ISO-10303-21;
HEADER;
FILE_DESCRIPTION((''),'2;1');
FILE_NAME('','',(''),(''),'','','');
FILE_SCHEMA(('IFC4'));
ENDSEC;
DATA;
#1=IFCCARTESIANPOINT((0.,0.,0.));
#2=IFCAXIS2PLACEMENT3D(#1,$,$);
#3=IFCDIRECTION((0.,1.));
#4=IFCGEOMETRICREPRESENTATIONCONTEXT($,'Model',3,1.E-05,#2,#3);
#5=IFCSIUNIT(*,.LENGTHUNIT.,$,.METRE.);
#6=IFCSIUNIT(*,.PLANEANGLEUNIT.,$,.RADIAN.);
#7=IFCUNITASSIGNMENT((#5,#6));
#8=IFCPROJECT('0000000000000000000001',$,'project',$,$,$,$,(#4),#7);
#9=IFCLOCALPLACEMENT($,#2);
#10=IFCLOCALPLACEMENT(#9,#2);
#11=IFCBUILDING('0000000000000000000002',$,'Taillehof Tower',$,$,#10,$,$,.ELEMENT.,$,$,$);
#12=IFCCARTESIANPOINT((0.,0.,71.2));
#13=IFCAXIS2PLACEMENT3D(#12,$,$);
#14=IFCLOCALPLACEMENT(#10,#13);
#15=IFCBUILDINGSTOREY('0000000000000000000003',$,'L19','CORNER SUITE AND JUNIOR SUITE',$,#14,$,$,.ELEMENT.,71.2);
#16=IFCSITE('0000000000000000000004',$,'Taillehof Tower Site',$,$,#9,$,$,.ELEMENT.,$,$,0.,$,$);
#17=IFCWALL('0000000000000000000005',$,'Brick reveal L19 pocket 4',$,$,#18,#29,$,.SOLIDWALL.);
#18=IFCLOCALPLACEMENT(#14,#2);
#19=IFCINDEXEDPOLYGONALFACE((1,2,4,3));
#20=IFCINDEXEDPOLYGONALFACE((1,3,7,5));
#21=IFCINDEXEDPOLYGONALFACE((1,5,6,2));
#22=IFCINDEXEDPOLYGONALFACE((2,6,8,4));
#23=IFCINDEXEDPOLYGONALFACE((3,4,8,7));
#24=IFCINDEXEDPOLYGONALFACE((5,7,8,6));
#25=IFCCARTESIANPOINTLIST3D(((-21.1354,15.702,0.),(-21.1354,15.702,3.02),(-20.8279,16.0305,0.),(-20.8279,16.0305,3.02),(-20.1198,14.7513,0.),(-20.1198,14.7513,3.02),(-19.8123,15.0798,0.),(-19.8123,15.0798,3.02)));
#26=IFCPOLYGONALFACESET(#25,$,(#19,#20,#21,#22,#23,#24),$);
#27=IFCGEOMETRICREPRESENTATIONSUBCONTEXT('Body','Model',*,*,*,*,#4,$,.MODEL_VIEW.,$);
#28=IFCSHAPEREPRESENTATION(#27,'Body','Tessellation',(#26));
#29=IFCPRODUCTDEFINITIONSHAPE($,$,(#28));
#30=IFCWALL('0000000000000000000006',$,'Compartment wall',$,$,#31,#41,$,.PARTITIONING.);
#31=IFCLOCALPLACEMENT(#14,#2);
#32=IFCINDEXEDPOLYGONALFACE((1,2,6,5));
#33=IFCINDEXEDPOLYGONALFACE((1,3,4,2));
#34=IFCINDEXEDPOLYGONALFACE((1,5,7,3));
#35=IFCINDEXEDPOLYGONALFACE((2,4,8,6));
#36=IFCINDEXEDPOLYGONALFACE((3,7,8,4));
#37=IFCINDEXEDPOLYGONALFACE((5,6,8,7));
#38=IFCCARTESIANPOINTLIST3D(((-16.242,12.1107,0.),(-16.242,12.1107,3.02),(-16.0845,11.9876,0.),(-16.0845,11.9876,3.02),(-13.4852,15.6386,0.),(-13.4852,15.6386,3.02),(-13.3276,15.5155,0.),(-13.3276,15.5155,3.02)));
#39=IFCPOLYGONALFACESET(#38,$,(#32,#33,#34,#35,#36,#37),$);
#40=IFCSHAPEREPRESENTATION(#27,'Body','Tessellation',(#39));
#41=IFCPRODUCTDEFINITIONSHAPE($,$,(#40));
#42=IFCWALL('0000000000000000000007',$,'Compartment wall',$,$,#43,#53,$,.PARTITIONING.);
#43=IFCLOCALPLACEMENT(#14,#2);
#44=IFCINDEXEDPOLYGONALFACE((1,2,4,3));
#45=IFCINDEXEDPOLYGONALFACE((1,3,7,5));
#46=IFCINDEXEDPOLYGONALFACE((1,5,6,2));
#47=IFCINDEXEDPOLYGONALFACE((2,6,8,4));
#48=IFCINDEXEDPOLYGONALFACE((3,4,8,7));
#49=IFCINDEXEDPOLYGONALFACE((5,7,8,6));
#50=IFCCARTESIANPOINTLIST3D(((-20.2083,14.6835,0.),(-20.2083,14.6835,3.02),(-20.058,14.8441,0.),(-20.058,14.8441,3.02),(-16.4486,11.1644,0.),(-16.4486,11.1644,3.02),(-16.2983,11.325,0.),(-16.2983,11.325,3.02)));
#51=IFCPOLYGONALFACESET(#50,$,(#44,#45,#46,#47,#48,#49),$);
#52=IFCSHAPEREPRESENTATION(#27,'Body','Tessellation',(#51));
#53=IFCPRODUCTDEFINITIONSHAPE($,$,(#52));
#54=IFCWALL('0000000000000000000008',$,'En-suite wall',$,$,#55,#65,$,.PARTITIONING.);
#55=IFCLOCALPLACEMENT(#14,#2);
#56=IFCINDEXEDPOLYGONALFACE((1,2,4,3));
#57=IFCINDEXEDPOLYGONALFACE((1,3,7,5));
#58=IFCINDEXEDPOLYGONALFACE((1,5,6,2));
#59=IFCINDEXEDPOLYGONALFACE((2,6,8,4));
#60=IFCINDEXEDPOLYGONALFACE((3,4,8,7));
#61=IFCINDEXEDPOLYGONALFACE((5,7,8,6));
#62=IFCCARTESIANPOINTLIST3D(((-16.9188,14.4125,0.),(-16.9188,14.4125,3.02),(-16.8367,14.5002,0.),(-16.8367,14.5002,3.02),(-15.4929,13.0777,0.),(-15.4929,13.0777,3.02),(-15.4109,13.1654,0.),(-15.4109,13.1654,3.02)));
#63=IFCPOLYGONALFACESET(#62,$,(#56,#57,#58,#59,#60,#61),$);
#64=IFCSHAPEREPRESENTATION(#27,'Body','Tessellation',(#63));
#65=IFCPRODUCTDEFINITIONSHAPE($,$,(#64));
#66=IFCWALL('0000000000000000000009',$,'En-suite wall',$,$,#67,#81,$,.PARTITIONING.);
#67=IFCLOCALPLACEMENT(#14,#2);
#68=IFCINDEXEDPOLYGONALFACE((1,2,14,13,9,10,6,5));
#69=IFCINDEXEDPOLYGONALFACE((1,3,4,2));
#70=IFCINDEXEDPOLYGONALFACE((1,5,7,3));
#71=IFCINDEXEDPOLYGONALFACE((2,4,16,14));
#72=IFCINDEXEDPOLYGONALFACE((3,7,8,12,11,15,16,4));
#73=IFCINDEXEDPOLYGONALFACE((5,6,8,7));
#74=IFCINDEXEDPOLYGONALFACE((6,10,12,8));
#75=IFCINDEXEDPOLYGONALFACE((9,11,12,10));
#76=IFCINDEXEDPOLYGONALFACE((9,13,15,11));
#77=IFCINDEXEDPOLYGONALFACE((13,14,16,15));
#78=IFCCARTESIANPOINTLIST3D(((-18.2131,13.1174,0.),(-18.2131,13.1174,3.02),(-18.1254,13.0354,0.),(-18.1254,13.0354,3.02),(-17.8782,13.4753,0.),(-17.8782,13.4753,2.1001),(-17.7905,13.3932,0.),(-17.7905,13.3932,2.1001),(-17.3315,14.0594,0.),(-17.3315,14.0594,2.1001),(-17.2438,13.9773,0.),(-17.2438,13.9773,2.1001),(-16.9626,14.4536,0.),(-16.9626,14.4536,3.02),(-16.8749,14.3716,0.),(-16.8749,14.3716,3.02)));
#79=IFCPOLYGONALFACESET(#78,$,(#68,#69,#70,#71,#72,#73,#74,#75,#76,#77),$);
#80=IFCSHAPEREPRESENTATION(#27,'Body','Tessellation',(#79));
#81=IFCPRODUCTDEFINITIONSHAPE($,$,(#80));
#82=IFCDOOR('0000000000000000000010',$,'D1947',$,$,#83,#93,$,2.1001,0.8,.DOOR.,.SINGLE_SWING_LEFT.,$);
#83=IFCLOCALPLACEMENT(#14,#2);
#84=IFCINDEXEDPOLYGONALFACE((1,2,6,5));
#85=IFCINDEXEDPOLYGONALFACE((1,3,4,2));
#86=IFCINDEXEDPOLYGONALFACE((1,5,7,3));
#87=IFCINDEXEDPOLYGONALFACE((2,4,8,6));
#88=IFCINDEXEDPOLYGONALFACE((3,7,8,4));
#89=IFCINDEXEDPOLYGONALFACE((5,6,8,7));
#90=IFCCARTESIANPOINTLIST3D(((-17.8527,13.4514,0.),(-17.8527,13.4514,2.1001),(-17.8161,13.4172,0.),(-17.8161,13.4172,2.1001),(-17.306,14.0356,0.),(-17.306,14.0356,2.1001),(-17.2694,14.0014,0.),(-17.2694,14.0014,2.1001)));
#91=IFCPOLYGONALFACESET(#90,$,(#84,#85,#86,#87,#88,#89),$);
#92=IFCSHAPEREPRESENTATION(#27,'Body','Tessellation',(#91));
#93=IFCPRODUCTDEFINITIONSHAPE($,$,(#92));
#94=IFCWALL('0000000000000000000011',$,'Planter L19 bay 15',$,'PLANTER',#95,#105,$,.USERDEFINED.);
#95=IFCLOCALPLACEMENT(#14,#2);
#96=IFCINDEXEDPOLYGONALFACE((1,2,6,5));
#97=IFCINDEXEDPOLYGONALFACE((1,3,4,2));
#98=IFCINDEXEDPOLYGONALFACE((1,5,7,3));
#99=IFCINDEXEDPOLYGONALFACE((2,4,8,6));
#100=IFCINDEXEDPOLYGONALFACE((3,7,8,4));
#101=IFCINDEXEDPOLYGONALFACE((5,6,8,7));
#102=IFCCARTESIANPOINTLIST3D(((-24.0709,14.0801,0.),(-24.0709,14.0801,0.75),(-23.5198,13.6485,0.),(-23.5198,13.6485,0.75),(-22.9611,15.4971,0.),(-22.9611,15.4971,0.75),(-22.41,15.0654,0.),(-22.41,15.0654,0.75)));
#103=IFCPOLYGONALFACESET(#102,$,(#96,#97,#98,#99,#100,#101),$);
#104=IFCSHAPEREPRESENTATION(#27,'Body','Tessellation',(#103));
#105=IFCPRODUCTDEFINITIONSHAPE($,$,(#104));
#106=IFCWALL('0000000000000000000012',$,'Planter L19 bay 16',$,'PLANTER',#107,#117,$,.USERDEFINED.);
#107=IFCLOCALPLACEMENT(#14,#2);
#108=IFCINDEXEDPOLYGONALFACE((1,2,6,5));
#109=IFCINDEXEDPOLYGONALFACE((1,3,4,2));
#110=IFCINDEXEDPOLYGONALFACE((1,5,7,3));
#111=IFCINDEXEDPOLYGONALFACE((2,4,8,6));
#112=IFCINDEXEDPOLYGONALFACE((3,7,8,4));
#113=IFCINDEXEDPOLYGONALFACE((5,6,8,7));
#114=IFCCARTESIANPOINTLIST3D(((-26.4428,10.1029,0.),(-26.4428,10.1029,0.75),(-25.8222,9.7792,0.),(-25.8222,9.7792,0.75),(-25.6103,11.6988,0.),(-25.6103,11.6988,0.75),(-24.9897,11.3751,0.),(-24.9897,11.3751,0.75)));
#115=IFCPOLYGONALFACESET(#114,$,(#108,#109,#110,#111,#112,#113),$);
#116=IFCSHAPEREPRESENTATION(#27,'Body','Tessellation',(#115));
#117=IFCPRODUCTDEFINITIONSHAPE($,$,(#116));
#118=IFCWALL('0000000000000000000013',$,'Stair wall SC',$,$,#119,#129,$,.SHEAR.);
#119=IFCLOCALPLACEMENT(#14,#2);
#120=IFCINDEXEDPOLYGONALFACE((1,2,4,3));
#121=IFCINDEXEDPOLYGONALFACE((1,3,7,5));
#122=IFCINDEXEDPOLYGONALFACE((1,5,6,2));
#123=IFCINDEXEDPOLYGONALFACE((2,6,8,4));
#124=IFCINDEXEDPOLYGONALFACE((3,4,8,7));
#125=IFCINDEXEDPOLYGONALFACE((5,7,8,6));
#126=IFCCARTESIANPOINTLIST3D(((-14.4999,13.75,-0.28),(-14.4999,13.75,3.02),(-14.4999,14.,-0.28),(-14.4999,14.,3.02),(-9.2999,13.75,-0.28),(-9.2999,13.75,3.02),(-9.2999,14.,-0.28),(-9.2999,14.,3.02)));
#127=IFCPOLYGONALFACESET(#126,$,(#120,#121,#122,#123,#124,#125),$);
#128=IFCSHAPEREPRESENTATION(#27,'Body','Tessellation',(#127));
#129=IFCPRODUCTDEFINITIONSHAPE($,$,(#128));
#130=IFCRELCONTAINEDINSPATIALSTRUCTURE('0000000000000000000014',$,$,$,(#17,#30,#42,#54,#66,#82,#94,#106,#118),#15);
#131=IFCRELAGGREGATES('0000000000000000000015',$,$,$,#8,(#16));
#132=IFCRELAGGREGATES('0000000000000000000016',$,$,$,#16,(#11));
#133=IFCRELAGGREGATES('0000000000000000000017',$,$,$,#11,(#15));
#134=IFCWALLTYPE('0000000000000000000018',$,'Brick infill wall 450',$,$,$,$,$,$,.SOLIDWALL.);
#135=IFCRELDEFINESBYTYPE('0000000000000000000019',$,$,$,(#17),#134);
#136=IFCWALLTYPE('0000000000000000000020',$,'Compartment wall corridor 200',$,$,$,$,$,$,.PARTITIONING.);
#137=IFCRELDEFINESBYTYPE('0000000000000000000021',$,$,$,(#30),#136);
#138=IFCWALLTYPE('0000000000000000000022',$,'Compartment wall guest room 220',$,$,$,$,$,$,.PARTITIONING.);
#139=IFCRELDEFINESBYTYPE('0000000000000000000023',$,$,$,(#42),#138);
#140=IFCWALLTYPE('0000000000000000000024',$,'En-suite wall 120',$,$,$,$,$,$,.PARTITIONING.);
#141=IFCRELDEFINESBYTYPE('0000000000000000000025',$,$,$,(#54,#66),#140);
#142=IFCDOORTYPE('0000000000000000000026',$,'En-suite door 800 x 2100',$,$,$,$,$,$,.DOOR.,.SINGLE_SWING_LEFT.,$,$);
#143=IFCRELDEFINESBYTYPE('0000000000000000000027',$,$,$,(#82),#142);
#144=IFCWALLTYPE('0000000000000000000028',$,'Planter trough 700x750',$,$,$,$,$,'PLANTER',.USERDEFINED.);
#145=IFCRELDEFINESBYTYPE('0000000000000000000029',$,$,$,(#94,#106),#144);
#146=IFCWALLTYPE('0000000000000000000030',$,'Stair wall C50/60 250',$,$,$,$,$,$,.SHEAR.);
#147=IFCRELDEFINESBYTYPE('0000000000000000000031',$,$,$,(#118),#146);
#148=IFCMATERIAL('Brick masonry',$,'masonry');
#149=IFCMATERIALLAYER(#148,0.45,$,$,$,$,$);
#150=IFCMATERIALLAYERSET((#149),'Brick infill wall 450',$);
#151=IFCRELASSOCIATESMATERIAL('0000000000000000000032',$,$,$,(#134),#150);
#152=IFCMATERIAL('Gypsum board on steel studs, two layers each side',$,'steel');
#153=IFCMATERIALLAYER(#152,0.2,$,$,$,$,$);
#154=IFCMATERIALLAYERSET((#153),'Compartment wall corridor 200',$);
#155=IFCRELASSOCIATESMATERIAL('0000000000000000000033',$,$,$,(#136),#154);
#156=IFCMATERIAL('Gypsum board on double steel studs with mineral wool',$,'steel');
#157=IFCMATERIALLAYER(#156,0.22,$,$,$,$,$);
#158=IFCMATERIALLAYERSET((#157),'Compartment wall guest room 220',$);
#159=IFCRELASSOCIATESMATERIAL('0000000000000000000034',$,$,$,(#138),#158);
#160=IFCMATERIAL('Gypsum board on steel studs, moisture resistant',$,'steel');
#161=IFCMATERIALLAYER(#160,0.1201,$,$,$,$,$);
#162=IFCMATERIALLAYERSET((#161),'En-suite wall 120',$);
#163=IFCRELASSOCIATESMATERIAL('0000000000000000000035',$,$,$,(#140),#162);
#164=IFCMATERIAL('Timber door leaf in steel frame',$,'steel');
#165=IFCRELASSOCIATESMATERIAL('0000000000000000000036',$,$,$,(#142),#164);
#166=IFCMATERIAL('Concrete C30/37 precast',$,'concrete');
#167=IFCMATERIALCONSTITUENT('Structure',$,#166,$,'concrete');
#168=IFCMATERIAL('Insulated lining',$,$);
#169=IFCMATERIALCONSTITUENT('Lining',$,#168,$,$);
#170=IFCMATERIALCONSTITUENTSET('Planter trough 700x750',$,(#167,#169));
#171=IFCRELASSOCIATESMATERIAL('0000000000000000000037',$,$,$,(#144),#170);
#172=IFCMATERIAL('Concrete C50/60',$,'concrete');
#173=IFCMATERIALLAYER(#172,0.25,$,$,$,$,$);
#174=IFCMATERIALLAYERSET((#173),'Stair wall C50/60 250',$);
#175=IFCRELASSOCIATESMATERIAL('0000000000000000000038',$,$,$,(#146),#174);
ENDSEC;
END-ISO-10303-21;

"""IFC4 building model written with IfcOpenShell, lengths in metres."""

from ifc_helpers import new_model, si_unit, direction, frame, frame_2d, origin, place, context, subcontext, project, spatial, rectangle, extrude, material, layer, layer_set, constituent, constituent_set, type_object, element, fill, save


model = new_model("IFC4")

# Units and contexts
model_context = context("Model", 3, precision=1e-05, world=origin(), true_north=direction((0.0, 1.0)))
body_context = subcontext(model_context, "Body", "Model", "MODEL_VIEW")
ifc_project = project(units=[si_unit("LENGTHUNIT", "METRE"), si_unit("PLANEANGLEUNIT", "RADIAN")], contexts=[model_context])

# Site, building, storey
site_placement = place(None, origin())
site = spatial("IfcSite", under=ifc_project, at=site_placement, Name="Taillehof Tower Site", CompositionType="ELEMENT", RefElevation=0.0)
building_placement = place(site_placement, origin())
building = spatial("IfcBuilding", under=site, at=building_placement, Name="Taillehof Tower", CompositionType="ELEMENT")
storey_placement = place(building_placement, frame((0.0, 0.0, 71.2)))
storey = spatial("IfcBuildingStorey", under=building, at=storey_placement, Name="L19", Description="CORNER SUITE AND JUNIOR SUITE", CompositionType="ELEMENT", Elevation=71.2)

# Shared definitions
ifc_material_1 = material(Name="Brick masonry", Category="masonry")
ifc_layer_1 = layer(ifc_material_1, 0.45)
ifc_layer_set_1 = layer_set([ifc_layer_1], Name="Brick infill wall 450")
wall_type_1 = type_object("IfcWallType", Name="Brick infill wall 450", PredefinedType="SOLIDWALL", material=ifc_layer_set_1)

# Wall
wall_1_placement = place(storey_placement, frame((-20.9817, 15.8662, 0.0), z_axis=(0.0, 0.0, 1.0), x_axis=(0.730062, -0.683381, 0.0)))
element("IfcWall", 1, at=wall_1_placement, inside=storey, type_object=wall_type_1, Name="Brick reveal L19 pocket 4", PredefinedType="SOLIDWALL", context=body_context, shape_type="SweptSolid", body=[
    extrude(rectangle(XDim=1.3911, YDim=0.45, at=frame_2d((0.6956, 0.0))), origin(), (0.0, 0.0, 1.0), 3.02),
])

# Walls
ifc_material_2 = material(Name="Gypsum board on steel studs, two layers each side", Category="steel")
ifc_layer_2 = layer(ifc_material_2, 0.2)
ifc_layer_set_2 = layer_set([ifc_layer_2], Name="Compartment wall corridor 200")
wall_type_2 = type_object("IfcWallType", Name="Compartment wall corridor 200", PredefinedType="PARTITIONING", material=ifc_layer_set_2)
wall_2_placement = place(storey_placement, frame((-16.1633, 12.0491, 0.0), z_axis=(0.0, 0.0, 1.0), x_axis=(0.615744, 0.787947, 0.0)))
element("IfcWall", 2, at=wall_2_placement, inside=storey, type_object=wall_type_2, Name="Compartment wall", PredefinedType="PARTITIONING", context=body_context, shape_type="SweptSolid", body=[
    extrude(rectangle(XDim=4.4773, YDim=0.2, at=frame_2d((2.2388, 0.0))), origin(), (0.0, 0.0, 1.0), 3.02),
])
ifc_material_3 = material(Name="Gypsum board on double steel studs with mineral wool", Category="steel")
ifc_layer_3 = layer(ifc_material_3, 0.22)
ifc_layer_set_3 = layer_set([ifc_layer_3], Name="Compartment wall guest room 220")
wall_type_3 = type_object("IfcWallType", Name="Compartment wall guest room 220", PredefinedType="PARTITIONING", material=ifc_layer_set_3)
wall_3_placement = place(storey_placement, frame((-20.1331, 14.7637, 0.0), z_axis=(0.0, 0.0, 1.0), x_axis=(0.730093, -0.683348, 0.0)))
element("IfcWall", 3, at=wall_3_placement, inside=storey, type_object=wall_type_3, Name="Compartment wall", PredefinedType="PARTITIONING", context=body_context, shape_type="SweptSolid", body=[
    extrude(rectangle(XDim=5.1497, YDim=0.22, at=frame_2d((2.5747, 0.0))), origin(), (0.0, 0.0, 1.0), 3.02),
])
ifc_material_4 = material(Name="Gypsum board on steel studs, moisture resistant", Category="steel")
ifc_layer_4 = layer(ifc_material_4, 0.1201)
ifc_layer_set_4 = layer_set([ifc_layer_4], Name="En-suite wall 120")
wall_type_4 = type_object("IfcWallType", Name="En-suite wall 120", PredefinedType="PARTITIONING", material=ifc_layer_set_4)
wall_4_placement = place(storey_placement, frame((-15.4519, 13.1216, 0.0), z_axis=(0.0, 0.0, 1.0), x_axis=(-0.730036, 0.683409, 0.0)))
element("IfcWall", 4, at=wall_4_placement, inside=storey, type_object=wall_type_4, Name="En-suite wall", PredefinedType="PARTITIONING", context=body_context, shape_type="SweptSolid", body=[
    extrude(rectangle(XDim=1.9531, YDim=0.1201, at=frame_2d((0.9766, 0.0))), origin(), (0.0, 0.0, 1.0), 3.02),
])

# Wall, opening, door
wall_5_placement = place(storey_placement, frame((-16.9187, 14.4126, 0.0), z_axis=(0.0, 0.0, 1.0), x_axis=(-0.683306, -0.730132, 0.0)))
wall_5 = element("IfcWall", 5, at=wall_5_placement, inside=storey, type_object=wall_type_4, Name="En-suite wall", PredefinedType="PARTITIONING", context=body_context, shape_type="SweptSolid", body=[
    extrude(rectangle(XDim=1.8301, YDim=0.1201, at=frame_2d((0.915, 0.0))), origin(), (0.0, 0.0, 1.0), 3.02),
])
opening_1_placement = place(wall_5_placement, frame((0.54, 0.0, 0.0)))
opening_1 = element("IfcOpeningElement", 6, at=opening_1_placement, cuts=wall_5, PredefinedType="OPENING", context=body_context, shape_type="SweptSolid", body=[
    extrude(rectangle(XDim=0.8, YDim=2.1001, at=frame_2d((0.3999, 1.05))), frame((0.0, 0.0701, 0.0), z_axis=(0.0, -1.0, 0.0), x_axis=(1.0, 0.0, 0.0)), (0.0, 0.0, 1.0), 0.1401),
])
ifc_material_5 = material(Name="Timber door leaf in steel frame", Category="steel")
door_type_1 = type_object("IfcDoorType", Name="En-suite door 800 x 2100", OperationType="SINGLE_SWING_LEFT", PredefinedType="DOOR", material=ifc_material_5)
door_1_placement = place(opening_1_placement, origin())
door_1 = element("IfcDoor", 7, at=door_1_placement, inside=storey, type_object=door_type_1, Name="D1947", OperationType="SINGLE_SWING_LEFT", OverallHeight=2.1001, OverallWidth=0.8, PredefinedType="DOOR", context=body_context, shape_type="SweptSolid", body=[
    extrude(rectangle(XDim=0.8, YDim=2.1001, at=frame_2d((0.3999, 1.05))), frame((0.0, 0.0249, 0.0), z_axis=(0.0, -1.0, 0.0), x_axis=(1.0, 0.0, 0.0)), (0.0, 0.0, 1.0), 0.05),
])
fill(opening_1, door_1)

# Walls
ifc_material_6 = material(Name="Concrete C30/37 precast", Category="concrete")
ifc_constituent_1 = constituent(ifc_material_6, Name="Structure", Category="concrete")
ifc_material_7 = material(Name="Insulated lining")
ifc_constituent_2 = constituent(ifc_material_7, Name="Lining")
ifc_constituent_set = constituent_set(constituents=[ifc_constituent_1, ifc_constituent_2], Name="Planter trough 700x750")
wall_type_5 = type_object("IfcWallType", Name="Planter trough 700x750", ElementType="PLANTER", PredefinedType="USERDEFINED", material=ifc_constituent_set)
wall_6_placement = place(storey_placement, frame((-22.6855, 15.2812, 0.0), z_axis=(0.0, 0.0, 1.0), x_axis=(-0.616623, -0.787259, 0.0)))
element("IfcWall", 8, at=wall_6_placement, inside=storey, type_object=wall_type_5, Name="Planter L19 bay 15", ObjectType="PLANTER", PredefinedType="USERDEFINED", context=body_context, shape_type="SweptSolid", body=[
    extrude(rectangle(XDim=1.7998, YDim=0.7, at=frame_2d((0.8999, 0.0))), origin(), (0.0, 0.0, 1.0), 0.75),
])
wall_7_placement = place(storey_placement, frame((-25.3, 11.5369, 0.0), z_axis=(0.0, 0.0, 1.0), x_axis=(-0.462501, -0.886619, 0.0)))
element("IfcWall", 9, at=wall_7_placement, inside=storey, type_object=wall_type_5, Name="Planter L19 bay 16", ObjectType="PLANTER", PredefinedType="USERDEFINED", context=body_context, shape_type="SweptSolid", body=[
    extrude(rectangle(XDim=1.8, YDim=0.7, at=frame_2d((0.8999, 0.0))), origin(), (0.0, 0.0, 1.0), 0.75),
])
ifc_material_8 = material(Name="Concrete C50/60", Category="concrete")
ifc_layer_5 = layer(ifc_material_8, 0.25)
ifc_layer_set_5 = layer_set([ifc_layer_5], Name="Stair wall C50/60 250")
wall_type_6 = type_object("IfcWallType", Name="Stair wall C50/60 250", PredefinedType="SHEAR", material=ifc_layer_set_5)
wall_8_placement = place(storey_placement, frame((-14.5, 13.875, -0.28), z_axis=(0.0, 0.0, 1.0), x_axis=(1.0, 0.0, 0.0)))
element("IfcWall", 10, at=wall_8_placement, inside=storey, type_object=wall_type_6, Name="Stair wall SC", PredefinedType="SHEAR", context=body_context, shape_type="SweptSolid", body=[
    extrude(rectangle(XDim=5.2, YDim=0.25, at=frame_2d((2.6001, 0.0))), origin(), (0.0, 0.0, 1.0), 3.3),
])

save(model, "model.ifc")
